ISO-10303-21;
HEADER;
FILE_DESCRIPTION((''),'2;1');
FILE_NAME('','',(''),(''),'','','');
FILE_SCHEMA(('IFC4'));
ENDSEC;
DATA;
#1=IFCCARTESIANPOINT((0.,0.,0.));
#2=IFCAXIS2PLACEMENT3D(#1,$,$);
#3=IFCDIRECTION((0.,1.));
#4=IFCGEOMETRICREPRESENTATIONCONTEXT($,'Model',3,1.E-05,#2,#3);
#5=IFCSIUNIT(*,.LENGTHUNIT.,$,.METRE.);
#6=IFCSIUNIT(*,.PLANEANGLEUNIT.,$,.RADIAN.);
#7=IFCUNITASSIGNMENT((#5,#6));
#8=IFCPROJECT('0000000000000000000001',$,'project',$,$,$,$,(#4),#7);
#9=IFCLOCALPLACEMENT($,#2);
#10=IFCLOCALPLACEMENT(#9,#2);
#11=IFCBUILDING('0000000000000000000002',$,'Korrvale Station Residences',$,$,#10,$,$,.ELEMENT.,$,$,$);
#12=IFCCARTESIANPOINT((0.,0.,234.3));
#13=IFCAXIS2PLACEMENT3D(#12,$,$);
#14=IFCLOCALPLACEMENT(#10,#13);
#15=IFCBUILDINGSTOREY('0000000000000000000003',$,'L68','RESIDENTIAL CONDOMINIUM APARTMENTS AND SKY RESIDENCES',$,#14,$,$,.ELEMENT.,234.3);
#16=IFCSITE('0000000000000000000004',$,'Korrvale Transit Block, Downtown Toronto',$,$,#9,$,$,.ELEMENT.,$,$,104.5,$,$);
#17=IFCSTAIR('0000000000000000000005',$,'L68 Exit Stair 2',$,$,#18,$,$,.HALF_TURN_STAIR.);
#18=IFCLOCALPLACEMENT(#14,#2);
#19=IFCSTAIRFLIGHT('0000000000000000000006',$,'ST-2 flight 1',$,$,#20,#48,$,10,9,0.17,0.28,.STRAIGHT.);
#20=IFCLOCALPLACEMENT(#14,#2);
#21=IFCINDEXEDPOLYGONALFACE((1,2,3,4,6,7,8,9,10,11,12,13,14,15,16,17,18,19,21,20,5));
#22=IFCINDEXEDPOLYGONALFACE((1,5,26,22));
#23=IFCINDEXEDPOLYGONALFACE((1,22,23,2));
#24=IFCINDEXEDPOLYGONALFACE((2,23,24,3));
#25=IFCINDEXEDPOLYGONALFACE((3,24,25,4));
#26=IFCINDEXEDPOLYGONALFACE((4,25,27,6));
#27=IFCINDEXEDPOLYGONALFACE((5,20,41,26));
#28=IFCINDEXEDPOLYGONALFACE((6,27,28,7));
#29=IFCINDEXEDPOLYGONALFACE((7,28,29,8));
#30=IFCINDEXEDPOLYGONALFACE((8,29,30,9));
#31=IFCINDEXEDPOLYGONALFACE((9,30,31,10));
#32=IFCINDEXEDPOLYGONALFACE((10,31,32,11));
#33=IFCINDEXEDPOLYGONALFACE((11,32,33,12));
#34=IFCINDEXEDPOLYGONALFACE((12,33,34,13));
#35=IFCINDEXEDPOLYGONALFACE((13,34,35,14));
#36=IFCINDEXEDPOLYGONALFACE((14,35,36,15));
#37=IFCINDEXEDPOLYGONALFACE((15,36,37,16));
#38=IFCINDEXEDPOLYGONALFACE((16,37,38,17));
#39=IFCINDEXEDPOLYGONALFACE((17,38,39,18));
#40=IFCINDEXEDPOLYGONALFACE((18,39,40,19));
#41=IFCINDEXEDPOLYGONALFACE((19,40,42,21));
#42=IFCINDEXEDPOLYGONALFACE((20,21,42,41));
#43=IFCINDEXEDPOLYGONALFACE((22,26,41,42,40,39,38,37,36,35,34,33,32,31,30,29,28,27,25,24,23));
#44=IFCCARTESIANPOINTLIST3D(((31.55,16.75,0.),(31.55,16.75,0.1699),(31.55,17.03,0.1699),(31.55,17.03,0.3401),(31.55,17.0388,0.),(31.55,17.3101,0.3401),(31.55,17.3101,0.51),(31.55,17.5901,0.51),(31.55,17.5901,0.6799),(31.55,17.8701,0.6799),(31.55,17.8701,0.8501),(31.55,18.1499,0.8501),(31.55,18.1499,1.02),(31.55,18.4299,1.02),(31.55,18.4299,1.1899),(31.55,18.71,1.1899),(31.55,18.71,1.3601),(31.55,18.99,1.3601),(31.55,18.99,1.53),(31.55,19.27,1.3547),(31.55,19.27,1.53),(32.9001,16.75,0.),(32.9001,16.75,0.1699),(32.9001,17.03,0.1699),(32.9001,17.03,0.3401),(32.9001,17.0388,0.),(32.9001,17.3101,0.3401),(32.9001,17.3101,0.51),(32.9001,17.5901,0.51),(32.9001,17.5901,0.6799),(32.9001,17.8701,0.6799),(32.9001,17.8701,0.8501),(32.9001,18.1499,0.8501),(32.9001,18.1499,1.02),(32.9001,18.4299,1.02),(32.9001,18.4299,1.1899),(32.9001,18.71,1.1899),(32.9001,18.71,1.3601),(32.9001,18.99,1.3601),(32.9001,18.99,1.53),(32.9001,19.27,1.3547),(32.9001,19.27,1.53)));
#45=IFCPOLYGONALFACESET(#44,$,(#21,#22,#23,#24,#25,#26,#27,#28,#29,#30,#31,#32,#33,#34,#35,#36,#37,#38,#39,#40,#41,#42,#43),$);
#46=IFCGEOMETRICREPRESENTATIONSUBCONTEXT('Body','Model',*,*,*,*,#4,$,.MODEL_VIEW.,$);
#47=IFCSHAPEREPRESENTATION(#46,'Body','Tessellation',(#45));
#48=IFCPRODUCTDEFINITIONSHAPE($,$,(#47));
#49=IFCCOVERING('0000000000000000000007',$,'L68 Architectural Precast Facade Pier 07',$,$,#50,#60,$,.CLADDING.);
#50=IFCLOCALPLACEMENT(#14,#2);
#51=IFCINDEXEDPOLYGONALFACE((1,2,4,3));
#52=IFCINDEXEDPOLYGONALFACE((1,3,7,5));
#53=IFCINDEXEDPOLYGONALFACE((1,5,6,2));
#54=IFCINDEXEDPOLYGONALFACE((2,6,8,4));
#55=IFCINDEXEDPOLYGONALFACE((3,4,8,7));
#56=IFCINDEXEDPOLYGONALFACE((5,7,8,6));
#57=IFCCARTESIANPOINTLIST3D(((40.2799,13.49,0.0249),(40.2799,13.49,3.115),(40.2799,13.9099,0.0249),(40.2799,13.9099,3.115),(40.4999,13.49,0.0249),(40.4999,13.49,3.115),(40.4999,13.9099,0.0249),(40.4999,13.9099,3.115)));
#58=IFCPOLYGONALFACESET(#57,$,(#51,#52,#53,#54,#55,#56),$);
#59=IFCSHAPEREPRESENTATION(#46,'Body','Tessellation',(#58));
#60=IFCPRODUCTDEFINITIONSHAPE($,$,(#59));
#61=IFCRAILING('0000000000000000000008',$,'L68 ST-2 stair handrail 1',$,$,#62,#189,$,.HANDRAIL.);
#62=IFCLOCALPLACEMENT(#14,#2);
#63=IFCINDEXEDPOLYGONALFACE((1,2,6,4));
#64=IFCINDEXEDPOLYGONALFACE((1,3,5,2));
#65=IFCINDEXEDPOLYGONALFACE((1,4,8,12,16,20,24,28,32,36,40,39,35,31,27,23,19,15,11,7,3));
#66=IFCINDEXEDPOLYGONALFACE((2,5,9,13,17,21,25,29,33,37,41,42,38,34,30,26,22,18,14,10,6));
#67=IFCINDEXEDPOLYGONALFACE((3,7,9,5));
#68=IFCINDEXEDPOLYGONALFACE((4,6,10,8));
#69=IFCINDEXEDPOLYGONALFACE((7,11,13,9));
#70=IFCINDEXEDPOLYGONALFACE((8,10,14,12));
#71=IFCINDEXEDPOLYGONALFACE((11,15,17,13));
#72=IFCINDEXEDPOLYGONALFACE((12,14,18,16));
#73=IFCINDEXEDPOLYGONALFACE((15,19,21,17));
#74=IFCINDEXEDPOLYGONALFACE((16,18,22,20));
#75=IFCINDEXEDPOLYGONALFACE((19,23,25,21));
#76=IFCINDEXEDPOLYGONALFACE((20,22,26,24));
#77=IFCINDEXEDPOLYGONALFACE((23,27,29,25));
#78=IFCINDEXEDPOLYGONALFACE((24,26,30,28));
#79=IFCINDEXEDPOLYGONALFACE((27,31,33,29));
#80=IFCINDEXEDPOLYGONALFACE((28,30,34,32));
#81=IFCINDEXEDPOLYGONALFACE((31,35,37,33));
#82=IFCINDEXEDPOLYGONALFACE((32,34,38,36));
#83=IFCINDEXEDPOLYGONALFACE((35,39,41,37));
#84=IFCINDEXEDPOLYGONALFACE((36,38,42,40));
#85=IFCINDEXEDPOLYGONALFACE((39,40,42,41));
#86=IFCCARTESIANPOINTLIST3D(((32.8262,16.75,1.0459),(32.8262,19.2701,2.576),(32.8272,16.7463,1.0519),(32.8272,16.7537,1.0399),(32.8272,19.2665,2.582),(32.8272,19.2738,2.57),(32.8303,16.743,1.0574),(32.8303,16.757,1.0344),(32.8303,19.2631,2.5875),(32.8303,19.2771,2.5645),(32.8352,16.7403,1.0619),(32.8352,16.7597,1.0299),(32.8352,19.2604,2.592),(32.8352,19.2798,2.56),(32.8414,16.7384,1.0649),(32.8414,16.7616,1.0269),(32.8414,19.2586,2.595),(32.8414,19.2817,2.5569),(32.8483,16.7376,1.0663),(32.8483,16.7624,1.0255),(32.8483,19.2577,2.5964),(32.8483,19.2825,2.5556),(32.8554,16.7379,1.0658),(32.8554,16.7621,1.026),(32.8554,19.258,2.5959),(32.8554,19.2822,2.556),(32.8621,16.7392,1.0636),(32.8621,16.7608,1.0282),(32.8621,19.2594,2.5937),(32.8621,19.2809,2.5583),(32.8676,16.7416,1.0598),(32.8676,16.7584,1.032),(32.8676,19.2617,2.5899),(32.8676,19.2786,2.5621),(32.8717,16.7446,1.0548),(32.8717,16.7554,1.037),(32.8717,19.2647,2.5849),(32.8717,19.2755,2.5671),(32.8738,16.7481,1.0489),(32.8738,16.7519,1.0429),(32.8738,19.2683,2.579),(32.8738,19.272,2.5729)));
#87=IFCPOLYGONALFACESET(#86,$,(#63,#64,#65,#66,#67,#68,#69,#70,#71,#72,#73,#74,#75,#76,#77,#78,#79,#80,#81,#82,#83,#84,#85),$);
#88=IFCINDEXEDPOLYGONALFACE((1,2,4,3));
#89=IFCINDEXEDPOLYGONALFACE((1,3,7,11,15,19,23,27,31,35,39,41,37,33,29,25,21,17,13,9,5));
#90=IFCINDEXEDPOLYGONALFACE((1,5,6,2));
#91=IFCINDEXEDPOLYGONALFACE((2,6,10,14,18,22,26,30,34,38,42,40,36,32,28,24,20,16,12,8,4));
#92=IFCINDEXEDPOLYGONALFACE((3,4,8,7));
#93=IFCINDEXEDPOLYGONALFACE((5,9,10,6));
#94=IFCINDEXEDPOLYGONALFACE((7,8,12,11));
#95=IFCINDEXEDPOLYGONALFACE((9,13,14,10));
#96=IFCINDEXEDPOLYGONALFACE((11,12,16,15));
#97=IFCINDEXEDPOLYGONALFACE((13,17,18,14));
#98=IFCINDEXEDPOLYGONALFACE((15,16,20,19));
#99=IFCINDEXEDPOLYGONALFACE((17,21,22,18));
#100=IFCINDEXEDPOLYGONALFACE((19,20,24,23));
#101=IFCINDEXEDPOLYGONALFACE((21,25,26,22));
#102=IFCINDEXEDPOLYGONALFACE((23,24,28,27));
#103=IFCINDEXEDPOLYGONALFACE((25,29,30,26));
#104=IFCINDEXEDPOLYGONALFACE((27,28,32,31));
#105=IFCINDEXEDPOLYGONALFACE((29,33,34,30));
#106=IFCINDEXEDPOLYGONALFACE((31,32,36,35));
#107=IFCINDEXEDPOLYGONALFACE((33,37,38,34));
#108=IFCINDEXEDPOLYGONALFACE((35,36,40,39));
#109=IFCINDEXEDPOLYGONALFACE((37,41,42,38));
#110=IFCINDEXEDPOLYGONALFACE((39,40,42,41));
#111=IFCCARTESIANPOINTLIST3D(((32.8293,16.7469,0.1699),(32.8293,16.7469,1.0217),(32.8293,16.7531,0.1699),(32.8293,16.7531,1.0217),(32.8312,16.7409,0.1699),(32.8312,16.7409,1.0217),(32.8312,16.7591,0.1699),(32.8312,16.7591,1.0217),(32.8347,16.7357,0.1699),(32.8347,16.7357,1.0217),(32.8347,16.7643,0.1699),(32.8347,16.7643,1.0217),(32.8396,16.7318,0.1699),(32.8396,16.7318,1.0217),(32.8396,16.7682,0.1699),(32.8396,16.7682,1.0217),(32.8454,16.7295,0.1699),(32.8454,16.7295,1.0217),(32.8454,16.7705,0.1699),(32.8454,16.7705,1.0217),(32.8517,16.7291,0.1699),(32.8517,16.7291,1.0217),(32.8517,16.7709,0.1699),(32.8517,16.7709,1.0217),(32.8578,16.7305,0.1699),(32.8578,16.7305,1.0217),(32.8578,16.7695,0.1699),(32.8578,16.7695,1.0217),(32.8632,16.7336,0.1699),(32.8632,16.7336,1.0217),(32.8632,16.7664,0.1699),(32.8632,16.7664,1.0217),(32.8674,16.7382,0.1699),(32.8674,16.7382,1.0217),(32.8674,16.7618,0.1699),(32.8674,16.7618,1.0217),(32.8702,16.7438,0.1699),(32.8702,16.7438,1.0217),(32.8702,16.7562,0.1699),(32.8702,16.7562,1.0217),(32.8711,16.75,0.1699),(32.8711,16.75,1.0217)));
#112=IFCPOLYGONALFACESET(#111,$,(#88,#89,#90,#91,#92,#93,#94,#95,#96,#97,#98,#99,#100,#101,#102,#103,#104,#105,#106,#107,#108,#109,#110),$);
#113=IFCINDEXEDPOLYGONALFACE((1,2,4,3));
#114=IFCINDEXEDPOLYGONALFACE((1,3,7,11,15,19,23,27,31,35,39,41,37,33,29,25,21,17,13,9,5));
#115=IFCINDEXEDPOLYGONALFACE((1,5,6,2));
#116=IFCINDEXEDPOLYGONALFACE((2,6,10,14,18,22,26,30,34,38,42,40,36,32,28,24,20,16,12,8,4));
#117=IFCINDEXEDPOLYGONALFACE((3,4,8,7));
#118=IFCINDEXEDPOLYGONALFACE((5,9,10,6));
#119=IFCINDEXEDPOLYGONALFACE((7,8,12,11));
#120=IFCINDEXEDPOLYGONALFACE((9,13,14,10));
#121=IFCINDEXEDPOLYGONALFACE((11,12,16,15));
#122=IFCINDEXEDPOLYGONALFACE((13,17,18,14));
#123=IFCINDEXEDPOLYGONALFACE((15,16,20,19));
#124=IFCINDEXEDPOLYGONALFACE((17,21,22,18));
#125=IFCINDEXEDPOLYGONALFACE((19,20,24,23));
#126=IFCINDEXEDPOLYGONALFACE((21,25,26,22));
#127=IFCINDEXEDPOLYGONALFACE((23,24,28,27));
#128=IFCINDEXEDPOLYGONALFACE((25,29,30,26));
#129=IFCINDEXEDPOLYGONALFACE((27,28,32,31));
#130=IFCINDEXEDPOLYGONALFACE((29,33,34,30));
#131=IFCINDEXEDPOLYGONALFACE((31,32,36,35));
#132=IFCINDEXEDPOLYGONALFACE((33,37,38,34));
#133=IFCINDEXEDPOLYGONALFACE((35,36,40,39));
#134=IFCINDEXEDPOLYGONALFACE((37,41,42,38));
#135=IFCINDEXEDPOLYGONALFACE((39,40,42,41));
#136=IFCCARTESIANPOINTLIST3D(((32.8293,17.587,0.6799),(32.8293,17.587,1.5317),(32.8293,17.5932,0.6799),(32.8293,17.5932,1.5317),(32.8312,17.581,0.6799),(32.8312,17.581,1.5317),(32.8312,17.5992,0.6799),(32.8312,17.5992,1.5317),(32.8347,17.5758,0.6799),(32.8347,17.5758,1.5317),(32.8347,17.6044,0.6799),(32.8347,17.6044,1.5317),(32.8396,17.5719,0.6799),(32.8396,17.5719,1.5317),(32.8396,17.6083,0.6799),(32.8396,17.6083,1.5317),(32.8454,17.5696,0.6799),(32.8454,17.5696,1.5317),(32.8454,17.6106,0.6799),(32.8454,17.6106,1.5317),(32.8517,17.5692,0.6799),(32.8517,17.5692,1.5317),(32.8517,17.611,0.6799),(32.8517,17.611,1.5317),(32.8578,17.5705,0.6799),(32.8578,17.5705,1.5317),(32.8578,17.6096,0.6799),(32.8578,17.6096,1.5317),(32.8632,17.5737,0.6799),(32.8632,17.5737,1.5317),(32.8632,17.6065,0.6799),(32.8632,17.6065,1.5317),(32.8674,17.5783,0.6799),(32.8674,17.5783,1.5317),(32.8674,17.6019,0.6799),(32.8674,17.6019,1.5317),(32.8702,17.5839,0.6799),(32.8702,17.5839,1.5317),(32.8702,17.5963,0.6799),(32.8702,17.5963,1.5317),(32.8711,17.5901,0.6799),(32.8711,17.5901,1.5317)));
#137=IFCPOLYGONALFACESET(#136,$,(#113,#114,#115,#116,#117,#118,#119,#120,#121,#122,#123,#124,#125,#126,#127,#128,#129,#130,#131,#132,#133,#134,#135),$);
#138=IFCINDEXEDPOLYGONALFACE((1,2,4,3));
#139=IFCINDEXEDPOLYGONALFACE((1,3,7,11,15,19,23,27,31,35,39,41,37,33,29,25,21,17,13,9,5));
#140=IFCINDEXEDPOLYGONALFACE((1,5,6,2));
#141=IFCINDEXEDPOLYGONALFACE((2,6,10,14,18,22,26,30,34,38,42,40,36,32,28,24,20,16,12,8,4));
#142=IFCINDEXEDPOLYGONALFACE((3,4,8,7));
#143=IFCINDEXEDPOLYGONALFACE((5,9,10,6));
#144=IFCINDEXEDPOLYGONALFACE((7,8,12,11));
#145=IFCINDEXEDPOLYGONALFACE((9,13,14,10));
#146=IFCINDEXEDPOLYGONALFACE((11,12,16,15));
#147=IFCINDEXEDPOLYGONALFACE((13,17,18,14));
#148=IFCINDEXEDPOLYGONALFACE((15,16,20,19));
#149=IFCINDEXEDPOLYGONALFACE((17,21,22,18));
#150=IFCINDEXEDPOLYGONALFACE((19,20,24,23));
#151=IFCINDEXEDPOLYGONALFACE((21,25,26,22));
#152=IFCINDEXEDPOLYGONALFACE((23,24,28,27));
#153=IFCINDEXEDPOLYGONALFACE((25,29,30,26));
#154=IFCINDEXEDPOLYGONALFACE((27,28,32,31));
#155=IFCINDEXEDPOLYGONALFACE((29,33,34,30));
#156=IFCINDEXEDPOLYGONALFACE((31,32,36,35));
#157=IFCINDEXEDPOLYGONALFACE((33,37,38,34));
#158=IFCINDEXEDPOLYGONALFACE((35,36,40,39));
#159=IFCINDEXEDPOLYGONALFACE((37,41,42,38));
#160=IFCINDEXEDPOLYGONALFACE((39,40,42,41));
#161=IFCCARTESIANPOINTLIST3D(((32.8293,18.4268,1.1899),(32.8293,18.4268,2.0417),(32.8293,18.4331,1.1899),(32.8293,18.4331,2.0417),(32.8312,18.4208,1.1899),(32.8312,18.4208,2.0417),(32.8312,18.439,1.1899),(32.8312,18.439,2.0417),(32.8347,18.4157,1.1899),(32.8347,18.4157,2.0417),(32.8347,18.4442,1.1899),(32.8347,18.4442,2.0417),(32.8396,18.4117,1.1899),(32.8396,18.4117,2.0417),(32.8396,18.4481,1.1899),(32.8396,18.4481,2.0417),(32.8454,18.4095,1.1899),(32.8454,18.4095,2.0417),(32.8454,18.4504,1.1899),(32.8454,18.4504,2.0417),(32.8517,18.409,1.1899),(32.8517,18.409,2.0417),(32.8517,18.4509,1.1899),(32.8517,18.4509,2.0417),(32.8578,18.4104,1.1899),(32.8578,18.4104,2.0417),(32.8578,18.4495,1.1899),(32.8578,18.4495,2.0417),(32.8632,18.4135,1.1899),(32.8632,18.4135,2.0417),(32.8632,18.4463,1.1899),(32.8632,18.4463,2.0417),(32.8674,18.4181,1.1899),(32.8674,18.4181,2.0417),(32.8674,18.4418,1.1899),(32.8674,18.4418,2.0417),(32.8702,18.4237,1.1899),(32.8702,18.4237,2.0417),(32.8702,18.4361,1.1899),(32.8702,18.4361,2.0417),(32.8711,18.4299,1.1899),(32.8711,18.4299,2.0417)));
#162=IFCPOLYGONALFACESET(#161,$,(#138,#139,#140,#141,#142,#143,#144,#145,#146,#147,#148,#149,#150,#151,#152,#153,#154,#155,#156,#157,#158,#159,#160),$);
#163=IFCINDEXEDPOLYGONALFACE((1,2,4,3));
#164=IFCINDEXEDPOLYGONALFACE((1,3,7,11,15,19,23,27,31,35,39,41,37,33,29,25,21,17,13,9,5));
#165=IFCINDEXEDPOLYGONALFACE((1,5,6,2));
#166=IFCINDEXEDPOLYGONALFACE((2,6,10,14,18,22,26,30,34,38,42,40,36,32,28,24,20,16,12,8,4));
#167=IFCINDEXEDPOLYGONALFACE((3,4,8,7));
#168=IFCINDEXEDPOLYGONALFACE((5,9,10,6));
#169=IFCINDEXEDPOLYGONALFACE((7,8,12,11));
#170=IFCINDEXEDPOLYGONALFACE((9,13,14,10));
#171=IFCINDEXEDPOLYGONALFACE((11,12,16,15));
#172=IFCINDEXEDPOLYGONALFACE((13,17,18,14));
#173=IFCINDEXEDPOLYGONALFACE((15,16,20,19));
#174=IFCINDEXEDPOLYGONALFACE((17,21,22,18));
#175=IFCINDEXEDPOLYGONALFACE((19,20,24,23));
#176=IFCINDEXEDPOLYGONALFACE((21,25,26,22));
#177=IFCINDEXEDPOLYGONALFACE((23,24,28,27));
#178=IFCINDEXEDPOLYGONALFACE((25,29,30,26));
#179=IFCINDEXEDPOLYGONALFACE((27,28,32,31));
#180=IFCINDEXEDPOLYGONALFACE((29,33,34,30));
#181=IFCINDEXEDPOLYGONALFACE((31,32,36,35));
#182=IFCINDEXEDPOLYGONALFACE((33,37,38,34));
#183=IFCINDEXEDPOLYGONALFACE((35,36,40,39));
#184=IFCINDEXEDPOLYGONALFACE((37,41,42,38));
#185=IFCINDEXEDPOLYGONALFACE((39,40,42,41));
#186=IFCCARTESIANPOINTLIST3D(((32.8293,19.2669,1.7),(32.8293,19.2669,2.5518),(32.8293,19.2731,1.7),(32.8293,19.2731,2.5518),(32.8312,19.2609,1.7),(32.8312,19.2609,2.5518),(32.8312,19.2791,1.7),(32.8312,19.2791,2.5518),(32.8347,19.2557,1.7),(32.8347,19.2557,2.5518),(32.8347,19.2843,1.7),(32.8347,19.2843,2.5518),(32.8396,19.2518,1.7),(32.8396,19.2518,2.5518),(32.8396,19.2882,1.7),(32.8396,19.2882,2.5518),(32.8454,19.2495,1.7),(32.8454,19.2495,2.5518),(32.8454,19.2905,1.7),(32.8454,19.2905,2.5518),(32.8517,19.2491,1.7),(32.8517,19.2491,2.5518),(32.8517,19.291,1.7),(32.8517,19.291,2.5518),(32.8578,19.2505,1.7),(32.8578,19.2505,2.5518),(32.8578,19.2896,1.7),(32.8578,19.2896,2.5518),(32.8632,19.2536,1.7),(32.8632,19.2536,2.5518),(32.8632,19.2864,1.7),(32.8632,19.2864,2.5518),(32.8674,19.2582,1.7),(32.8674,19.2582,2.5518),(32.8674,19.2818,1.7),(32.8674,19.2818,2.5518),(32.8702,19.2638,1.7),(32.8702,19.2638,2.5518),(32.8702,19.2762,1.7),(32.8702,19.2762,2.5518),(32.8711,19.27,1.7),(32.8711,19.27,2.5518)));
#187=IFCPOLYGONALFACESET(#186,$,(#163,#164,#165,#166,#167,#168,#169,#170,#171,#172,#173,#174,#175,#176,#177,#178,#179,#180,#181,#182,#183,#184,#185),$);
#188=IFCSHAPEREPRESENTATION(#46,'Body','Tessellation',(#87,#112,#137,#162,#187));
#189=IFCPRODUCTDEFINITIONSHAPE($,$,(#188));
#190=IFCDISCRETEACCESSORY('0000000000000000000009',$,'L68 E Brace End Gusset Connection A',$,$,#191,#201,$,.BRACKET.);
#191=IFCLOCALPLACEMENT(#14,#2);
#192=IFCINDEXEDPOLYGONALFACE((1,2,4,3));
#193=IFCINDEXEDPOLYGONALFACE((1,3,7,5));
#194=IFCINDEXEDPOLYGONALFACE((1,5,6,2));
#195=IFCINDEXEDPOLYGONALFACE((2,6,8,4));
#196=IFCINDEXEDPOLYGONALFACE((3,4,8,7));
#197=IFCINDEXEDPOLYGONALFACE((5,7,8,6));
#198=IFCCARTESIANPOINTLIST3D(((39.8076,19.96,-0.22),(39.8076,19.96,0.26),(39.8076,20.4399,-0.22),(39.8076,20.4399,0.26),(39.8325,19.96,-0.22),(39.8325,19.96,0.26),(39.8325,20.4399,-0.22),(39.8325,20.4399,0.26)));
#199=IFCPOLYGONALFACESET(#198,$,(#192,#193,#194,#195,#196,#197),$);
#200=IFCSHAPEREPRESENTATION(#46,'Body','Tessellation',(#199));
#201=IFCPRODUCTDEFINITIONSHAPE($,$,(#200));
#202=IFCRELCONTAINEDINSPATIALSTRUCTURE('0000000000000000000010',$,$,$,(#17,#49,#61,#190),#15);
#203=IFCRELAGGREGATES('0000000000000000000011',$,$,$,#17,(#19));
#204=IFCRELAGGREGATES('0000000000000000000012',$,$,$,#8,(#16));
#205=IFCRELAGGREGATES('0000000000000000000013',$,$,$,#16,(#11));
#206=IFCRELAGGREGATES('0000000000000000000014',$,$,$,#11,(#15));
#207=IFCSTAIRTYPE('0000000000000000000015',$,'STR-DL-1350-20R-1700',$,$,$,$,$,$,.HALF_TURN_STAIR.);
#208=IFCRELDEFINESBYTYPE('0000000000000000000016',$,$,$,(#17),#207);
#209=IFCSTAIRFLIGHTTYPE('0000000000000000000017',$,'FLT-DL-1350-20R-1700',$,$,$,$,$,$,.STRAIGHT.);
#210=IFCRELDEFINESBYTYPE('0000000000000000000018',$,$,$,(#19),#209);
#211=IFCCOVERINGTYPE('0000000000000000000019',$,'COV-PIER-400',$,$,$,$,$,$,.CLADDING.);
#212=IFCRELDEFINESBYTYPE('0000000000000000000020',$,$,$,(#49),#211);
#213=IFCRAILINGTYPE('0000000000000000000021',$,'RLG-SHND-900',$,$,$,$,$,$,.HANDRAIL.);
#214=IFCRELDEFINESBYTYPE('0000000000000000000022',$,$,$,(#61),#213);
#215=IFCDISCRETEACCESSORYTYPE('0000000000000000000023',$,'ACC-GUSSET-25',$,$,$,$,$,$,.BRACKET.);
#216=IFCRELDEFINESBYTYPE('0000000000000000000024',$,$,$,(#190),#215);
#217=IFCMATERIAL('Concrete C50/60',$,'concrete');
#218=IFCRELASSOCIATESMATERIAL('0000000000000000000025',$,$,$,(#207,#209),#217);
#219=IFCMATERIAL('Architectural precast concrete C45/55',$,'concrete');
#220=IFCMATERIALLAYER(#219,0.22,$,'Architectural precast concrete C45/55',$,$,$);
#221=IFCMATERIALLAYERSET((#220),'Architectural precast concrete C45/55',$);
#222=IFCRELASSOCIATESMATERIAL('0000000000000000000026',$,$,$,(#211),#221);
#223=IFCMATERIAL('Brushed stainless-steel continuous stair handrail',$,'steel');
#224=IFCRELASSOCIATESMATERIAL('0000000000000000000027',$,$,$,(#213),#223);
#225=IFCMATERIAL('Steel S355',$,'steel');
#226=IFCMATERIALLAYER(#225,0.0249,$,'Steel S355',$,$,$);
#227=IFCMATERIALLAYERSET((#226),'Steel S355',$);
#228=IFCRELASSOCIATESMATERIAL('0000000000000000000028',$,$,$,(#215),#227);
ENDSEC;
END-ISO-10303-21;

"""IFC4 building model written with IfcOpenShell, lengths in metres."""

from ifc_helpers import new_model, si_unit, direction, frame, origin, origin_2d, place, context, subcontext, project, spatial, polyline, rectangle, circle, outline, extrude, material, layer, layer_set, type_object, element, aggregate, save


model = new_model("IFC4")

# Units and contexts
model_context = context("Model", 3, precision=1e-05, world=origin(), true_north=direction((0.0, 1.0)))
body_context = subcontext(model_context, "Body", "Model", "MODEL_VIEW")
ifc_project = project(units=[si_unit("LENGTHUNIT", "METRE"), si_unit("PLANEANGLEUNIT", "RADIAN")], contexts=[model_context])

# Site, building, storey
site_placement = place(None, origin())
site = spatial("IfcSite", under=ifc_project, at=site_placement, Name="Korrvale Transit Block, Downtown Toronto", CompositionType="ELEMENT", RefElevation=104.5)
building_placement = place(site_placement, origin())
building = spatial("IfcBuilding", under=site, at=building_placement, Name="Korrvale Station Residences", CompositionType="ELEMENT")
storey_placement = place(building_placement, frame((0.0, 0.0, 234.3)))
storey = spatial("IfcBuildingStorey", under=building, at=storey_placement, Name="L68", Description="RESIDENTIAL CONDOMINIUM APARTMENTS AND SKY RESIDENCES", CompositionType="ELEMENT", Elevation=234.3)

# Shared definitions
ifc_material_1 = material(Name="Concrete C50/60", Category="concrete")

# Shared definitions
ifc_material_2 = material(Name="Steel S355", Category="steel")

# Stair, stair flight
stair_type = type_object("IfcStairType", Name="STR-DL-1350-20R-1700", PredefinedType="HALF_TURN_STAIR", material=ifc_material_1)
stair_placement = place(storey_placement, origin())
stair = element("IfcStair", 1, at=stair_placement, inside=storey, type_object=stair_type, Name="L68 Exit Stair 2", PredefinedType="HALF_TURN_STAIR")
stair_flight_type = type_object("IfcStairFlightType", Name="FLT-DL-1350-20R-1700", PredefinedType="STRAIGHT", material=ifc_material_1)
stair_flight_placement = place(storey_placement, frame((32.2251, 16.75, 0.0), z_axis=(0.0, 0.0, 1.0), x_axis=(0.0, 1.0, 0.0)))
stair_flight = element("IfcStairFlight", 2, at=stair_flight_placement, type_object=stair_flight_type, Name="ST-2 flight 1", NumberOfRisers=10, NumberOfTreads=9, PredefinedType="STRAIGHT", RiserHeight=0.17, TreadLength=0.28, context=body_context, shape_type="SweptSolid", body=[
    extrude(outline(polyline([(0.0, 0.0), (0.0, 0.1699), (0.28, 0.1699), (0.28, 0.3401), (0.5601, 0.3401), (0.5601, 0.51), (0.8401, 0.51), (0.8401, 0.6799), (1.1201, 0.6799), (1.1201, 0.8501), (1.3999, 0.8501), (1.3999, 1.02), (1.6799, 1.02), (1.6799, 1.1899), (1.96, 1.1899), (1.96, 1.3601), (2.24, 1.3601), (2.24, 1.53), (2.52, 1.53), (2.52, 1.7), (2.52, 1.3547), (0.2888, 0.0), (0.0, 0.0)])), frame((0.0, 0.675, 0.0), z_axis=(0.0, -1.0, 0.0), x_axis=(1.0, 0.0, 0.0)), (0.0, 0.0, 1.0), 1.3501),
])
aggregate(stair, [stair_flight])

# Covering
ifc_material_3 = material(Name="Architectural precast concrete C45/55", Category="concrete")
ifc_layer_1 = layer(ifc_material_3, 0.22, Name="Architectural precast concrete C45/55")
ifc_layer_set_1 = layer_set([ifc_layer_1], Name="Architectural precast concrete C45/55")
covering_type = type_object("IfcCoveringType", Name="COV-PIER-400", PredefinedType="CLADDING", material=ifc_layer_set_1)
covering_placement = place(storey_placement, frame((40.3899, 13.7, 0.0249), z_axis=(0.0, 0.0, 1.0), x_axis=(0.0, 1.0, 0.0)))
element("IfcCovering", 3, at=covering_placement, inside=storey, type_object=covering_type, Name="L68 Architectural Precast Facade Pier 07", PredefinedType="CLADDING", context=body_context, shape_type="SweptSolid", body=[
    extrude(rectangle(XDim=0.4199, YDim=0.22, at=origin_2d()), origin(), (0.0, 0.0, 1.0), 3.0901),
])

# Railing
ifc_material_4 = material(Name="Brushed stainless-steel continuous stair handrail", Category="steel")
railing_type = type_object("IfcRailingType", Name="RLG-SHND-900", PredefinedType="HANDRAIL", material=ifc_material_4)
railing_placement = place(storey_placement, frame((32.8501, 16.75, 0.1699)))
element("IfcRailing", 4, at=railing_placement, inside=storey, type_object=railing_type, Name="L68 ST-2 stair handrail 1", PredefinedType="HANDRAIL", context=body_context, shape_type="SweptSolid", body=[
    extrude(circle(Radius=0.0239, at=origin_2d()), frame((0.0, 0.0, 0.876), z_axis=(0.0, 0.854785, 0.518982), x_axis=(-1.0, 0.0, 0.0)), (0.0, 0.0, 1.0), 2.9482),
    extrude(circle(Radius=0.021, at=origin_2d()), origin(), (0.0, 0.0, 1.0), 0.8518),
    extrude(circle(Radius=0.021, at=origin_2d()), frame((0.0, 0.8401, 0.51)), (0.0, 0.0, 1.0), 0.8518),
    extrude(circle(Radius=0.021, at=origin_2d()), frame((0.0, 1.6799, 1.02)), (0.0, 0.0, 1.0), 0.8518),
    extrude(circle(Radius=0.021, at=origin_2d()), frame((0.0, 2.52, 1.53)), (0.0, 0.0, 1.0), 0.8518),
])

# Discrete accessory
ifc_layer_2 = layer(ifc_material_2, 0.0249, Name="Steel S355")
ifc_layer_set_2 = layer_set([ifc_layer_2], Name="Steel S355")
discrete_accessory_type = type_object("IfcDiscreteAccessoryType", Name="ACC-GUSSET-25", PredefinedType="BRACKET", material=ifc_layer_set_2)
for number, where, z_axis, x_axis, name in (
    (5, (39.8201, 20.2, -0.22), (0.0, 0.0, 1.0), (0.0, 1.0, 0.0), "L68 E Brace End Gusset Connection A"),
):
    element("IfcDiscreteAccessory", number, at=place(storey_placement, frame(where, z_axis=z_axis, x_axis=x_axis)), inside=storey, type_object=discrete_accessory_type, Name=name, PredefinedType="BRACKET", context=body_context, shape_type="SweptSolid", body=[
        extrude(rectangle(XDim=0.48, YDim=0.0249, at=origin_2d()), origin(), (0.0, 0.0, 1.0), 0.48),
    ])

save(model, "model.ifc")
